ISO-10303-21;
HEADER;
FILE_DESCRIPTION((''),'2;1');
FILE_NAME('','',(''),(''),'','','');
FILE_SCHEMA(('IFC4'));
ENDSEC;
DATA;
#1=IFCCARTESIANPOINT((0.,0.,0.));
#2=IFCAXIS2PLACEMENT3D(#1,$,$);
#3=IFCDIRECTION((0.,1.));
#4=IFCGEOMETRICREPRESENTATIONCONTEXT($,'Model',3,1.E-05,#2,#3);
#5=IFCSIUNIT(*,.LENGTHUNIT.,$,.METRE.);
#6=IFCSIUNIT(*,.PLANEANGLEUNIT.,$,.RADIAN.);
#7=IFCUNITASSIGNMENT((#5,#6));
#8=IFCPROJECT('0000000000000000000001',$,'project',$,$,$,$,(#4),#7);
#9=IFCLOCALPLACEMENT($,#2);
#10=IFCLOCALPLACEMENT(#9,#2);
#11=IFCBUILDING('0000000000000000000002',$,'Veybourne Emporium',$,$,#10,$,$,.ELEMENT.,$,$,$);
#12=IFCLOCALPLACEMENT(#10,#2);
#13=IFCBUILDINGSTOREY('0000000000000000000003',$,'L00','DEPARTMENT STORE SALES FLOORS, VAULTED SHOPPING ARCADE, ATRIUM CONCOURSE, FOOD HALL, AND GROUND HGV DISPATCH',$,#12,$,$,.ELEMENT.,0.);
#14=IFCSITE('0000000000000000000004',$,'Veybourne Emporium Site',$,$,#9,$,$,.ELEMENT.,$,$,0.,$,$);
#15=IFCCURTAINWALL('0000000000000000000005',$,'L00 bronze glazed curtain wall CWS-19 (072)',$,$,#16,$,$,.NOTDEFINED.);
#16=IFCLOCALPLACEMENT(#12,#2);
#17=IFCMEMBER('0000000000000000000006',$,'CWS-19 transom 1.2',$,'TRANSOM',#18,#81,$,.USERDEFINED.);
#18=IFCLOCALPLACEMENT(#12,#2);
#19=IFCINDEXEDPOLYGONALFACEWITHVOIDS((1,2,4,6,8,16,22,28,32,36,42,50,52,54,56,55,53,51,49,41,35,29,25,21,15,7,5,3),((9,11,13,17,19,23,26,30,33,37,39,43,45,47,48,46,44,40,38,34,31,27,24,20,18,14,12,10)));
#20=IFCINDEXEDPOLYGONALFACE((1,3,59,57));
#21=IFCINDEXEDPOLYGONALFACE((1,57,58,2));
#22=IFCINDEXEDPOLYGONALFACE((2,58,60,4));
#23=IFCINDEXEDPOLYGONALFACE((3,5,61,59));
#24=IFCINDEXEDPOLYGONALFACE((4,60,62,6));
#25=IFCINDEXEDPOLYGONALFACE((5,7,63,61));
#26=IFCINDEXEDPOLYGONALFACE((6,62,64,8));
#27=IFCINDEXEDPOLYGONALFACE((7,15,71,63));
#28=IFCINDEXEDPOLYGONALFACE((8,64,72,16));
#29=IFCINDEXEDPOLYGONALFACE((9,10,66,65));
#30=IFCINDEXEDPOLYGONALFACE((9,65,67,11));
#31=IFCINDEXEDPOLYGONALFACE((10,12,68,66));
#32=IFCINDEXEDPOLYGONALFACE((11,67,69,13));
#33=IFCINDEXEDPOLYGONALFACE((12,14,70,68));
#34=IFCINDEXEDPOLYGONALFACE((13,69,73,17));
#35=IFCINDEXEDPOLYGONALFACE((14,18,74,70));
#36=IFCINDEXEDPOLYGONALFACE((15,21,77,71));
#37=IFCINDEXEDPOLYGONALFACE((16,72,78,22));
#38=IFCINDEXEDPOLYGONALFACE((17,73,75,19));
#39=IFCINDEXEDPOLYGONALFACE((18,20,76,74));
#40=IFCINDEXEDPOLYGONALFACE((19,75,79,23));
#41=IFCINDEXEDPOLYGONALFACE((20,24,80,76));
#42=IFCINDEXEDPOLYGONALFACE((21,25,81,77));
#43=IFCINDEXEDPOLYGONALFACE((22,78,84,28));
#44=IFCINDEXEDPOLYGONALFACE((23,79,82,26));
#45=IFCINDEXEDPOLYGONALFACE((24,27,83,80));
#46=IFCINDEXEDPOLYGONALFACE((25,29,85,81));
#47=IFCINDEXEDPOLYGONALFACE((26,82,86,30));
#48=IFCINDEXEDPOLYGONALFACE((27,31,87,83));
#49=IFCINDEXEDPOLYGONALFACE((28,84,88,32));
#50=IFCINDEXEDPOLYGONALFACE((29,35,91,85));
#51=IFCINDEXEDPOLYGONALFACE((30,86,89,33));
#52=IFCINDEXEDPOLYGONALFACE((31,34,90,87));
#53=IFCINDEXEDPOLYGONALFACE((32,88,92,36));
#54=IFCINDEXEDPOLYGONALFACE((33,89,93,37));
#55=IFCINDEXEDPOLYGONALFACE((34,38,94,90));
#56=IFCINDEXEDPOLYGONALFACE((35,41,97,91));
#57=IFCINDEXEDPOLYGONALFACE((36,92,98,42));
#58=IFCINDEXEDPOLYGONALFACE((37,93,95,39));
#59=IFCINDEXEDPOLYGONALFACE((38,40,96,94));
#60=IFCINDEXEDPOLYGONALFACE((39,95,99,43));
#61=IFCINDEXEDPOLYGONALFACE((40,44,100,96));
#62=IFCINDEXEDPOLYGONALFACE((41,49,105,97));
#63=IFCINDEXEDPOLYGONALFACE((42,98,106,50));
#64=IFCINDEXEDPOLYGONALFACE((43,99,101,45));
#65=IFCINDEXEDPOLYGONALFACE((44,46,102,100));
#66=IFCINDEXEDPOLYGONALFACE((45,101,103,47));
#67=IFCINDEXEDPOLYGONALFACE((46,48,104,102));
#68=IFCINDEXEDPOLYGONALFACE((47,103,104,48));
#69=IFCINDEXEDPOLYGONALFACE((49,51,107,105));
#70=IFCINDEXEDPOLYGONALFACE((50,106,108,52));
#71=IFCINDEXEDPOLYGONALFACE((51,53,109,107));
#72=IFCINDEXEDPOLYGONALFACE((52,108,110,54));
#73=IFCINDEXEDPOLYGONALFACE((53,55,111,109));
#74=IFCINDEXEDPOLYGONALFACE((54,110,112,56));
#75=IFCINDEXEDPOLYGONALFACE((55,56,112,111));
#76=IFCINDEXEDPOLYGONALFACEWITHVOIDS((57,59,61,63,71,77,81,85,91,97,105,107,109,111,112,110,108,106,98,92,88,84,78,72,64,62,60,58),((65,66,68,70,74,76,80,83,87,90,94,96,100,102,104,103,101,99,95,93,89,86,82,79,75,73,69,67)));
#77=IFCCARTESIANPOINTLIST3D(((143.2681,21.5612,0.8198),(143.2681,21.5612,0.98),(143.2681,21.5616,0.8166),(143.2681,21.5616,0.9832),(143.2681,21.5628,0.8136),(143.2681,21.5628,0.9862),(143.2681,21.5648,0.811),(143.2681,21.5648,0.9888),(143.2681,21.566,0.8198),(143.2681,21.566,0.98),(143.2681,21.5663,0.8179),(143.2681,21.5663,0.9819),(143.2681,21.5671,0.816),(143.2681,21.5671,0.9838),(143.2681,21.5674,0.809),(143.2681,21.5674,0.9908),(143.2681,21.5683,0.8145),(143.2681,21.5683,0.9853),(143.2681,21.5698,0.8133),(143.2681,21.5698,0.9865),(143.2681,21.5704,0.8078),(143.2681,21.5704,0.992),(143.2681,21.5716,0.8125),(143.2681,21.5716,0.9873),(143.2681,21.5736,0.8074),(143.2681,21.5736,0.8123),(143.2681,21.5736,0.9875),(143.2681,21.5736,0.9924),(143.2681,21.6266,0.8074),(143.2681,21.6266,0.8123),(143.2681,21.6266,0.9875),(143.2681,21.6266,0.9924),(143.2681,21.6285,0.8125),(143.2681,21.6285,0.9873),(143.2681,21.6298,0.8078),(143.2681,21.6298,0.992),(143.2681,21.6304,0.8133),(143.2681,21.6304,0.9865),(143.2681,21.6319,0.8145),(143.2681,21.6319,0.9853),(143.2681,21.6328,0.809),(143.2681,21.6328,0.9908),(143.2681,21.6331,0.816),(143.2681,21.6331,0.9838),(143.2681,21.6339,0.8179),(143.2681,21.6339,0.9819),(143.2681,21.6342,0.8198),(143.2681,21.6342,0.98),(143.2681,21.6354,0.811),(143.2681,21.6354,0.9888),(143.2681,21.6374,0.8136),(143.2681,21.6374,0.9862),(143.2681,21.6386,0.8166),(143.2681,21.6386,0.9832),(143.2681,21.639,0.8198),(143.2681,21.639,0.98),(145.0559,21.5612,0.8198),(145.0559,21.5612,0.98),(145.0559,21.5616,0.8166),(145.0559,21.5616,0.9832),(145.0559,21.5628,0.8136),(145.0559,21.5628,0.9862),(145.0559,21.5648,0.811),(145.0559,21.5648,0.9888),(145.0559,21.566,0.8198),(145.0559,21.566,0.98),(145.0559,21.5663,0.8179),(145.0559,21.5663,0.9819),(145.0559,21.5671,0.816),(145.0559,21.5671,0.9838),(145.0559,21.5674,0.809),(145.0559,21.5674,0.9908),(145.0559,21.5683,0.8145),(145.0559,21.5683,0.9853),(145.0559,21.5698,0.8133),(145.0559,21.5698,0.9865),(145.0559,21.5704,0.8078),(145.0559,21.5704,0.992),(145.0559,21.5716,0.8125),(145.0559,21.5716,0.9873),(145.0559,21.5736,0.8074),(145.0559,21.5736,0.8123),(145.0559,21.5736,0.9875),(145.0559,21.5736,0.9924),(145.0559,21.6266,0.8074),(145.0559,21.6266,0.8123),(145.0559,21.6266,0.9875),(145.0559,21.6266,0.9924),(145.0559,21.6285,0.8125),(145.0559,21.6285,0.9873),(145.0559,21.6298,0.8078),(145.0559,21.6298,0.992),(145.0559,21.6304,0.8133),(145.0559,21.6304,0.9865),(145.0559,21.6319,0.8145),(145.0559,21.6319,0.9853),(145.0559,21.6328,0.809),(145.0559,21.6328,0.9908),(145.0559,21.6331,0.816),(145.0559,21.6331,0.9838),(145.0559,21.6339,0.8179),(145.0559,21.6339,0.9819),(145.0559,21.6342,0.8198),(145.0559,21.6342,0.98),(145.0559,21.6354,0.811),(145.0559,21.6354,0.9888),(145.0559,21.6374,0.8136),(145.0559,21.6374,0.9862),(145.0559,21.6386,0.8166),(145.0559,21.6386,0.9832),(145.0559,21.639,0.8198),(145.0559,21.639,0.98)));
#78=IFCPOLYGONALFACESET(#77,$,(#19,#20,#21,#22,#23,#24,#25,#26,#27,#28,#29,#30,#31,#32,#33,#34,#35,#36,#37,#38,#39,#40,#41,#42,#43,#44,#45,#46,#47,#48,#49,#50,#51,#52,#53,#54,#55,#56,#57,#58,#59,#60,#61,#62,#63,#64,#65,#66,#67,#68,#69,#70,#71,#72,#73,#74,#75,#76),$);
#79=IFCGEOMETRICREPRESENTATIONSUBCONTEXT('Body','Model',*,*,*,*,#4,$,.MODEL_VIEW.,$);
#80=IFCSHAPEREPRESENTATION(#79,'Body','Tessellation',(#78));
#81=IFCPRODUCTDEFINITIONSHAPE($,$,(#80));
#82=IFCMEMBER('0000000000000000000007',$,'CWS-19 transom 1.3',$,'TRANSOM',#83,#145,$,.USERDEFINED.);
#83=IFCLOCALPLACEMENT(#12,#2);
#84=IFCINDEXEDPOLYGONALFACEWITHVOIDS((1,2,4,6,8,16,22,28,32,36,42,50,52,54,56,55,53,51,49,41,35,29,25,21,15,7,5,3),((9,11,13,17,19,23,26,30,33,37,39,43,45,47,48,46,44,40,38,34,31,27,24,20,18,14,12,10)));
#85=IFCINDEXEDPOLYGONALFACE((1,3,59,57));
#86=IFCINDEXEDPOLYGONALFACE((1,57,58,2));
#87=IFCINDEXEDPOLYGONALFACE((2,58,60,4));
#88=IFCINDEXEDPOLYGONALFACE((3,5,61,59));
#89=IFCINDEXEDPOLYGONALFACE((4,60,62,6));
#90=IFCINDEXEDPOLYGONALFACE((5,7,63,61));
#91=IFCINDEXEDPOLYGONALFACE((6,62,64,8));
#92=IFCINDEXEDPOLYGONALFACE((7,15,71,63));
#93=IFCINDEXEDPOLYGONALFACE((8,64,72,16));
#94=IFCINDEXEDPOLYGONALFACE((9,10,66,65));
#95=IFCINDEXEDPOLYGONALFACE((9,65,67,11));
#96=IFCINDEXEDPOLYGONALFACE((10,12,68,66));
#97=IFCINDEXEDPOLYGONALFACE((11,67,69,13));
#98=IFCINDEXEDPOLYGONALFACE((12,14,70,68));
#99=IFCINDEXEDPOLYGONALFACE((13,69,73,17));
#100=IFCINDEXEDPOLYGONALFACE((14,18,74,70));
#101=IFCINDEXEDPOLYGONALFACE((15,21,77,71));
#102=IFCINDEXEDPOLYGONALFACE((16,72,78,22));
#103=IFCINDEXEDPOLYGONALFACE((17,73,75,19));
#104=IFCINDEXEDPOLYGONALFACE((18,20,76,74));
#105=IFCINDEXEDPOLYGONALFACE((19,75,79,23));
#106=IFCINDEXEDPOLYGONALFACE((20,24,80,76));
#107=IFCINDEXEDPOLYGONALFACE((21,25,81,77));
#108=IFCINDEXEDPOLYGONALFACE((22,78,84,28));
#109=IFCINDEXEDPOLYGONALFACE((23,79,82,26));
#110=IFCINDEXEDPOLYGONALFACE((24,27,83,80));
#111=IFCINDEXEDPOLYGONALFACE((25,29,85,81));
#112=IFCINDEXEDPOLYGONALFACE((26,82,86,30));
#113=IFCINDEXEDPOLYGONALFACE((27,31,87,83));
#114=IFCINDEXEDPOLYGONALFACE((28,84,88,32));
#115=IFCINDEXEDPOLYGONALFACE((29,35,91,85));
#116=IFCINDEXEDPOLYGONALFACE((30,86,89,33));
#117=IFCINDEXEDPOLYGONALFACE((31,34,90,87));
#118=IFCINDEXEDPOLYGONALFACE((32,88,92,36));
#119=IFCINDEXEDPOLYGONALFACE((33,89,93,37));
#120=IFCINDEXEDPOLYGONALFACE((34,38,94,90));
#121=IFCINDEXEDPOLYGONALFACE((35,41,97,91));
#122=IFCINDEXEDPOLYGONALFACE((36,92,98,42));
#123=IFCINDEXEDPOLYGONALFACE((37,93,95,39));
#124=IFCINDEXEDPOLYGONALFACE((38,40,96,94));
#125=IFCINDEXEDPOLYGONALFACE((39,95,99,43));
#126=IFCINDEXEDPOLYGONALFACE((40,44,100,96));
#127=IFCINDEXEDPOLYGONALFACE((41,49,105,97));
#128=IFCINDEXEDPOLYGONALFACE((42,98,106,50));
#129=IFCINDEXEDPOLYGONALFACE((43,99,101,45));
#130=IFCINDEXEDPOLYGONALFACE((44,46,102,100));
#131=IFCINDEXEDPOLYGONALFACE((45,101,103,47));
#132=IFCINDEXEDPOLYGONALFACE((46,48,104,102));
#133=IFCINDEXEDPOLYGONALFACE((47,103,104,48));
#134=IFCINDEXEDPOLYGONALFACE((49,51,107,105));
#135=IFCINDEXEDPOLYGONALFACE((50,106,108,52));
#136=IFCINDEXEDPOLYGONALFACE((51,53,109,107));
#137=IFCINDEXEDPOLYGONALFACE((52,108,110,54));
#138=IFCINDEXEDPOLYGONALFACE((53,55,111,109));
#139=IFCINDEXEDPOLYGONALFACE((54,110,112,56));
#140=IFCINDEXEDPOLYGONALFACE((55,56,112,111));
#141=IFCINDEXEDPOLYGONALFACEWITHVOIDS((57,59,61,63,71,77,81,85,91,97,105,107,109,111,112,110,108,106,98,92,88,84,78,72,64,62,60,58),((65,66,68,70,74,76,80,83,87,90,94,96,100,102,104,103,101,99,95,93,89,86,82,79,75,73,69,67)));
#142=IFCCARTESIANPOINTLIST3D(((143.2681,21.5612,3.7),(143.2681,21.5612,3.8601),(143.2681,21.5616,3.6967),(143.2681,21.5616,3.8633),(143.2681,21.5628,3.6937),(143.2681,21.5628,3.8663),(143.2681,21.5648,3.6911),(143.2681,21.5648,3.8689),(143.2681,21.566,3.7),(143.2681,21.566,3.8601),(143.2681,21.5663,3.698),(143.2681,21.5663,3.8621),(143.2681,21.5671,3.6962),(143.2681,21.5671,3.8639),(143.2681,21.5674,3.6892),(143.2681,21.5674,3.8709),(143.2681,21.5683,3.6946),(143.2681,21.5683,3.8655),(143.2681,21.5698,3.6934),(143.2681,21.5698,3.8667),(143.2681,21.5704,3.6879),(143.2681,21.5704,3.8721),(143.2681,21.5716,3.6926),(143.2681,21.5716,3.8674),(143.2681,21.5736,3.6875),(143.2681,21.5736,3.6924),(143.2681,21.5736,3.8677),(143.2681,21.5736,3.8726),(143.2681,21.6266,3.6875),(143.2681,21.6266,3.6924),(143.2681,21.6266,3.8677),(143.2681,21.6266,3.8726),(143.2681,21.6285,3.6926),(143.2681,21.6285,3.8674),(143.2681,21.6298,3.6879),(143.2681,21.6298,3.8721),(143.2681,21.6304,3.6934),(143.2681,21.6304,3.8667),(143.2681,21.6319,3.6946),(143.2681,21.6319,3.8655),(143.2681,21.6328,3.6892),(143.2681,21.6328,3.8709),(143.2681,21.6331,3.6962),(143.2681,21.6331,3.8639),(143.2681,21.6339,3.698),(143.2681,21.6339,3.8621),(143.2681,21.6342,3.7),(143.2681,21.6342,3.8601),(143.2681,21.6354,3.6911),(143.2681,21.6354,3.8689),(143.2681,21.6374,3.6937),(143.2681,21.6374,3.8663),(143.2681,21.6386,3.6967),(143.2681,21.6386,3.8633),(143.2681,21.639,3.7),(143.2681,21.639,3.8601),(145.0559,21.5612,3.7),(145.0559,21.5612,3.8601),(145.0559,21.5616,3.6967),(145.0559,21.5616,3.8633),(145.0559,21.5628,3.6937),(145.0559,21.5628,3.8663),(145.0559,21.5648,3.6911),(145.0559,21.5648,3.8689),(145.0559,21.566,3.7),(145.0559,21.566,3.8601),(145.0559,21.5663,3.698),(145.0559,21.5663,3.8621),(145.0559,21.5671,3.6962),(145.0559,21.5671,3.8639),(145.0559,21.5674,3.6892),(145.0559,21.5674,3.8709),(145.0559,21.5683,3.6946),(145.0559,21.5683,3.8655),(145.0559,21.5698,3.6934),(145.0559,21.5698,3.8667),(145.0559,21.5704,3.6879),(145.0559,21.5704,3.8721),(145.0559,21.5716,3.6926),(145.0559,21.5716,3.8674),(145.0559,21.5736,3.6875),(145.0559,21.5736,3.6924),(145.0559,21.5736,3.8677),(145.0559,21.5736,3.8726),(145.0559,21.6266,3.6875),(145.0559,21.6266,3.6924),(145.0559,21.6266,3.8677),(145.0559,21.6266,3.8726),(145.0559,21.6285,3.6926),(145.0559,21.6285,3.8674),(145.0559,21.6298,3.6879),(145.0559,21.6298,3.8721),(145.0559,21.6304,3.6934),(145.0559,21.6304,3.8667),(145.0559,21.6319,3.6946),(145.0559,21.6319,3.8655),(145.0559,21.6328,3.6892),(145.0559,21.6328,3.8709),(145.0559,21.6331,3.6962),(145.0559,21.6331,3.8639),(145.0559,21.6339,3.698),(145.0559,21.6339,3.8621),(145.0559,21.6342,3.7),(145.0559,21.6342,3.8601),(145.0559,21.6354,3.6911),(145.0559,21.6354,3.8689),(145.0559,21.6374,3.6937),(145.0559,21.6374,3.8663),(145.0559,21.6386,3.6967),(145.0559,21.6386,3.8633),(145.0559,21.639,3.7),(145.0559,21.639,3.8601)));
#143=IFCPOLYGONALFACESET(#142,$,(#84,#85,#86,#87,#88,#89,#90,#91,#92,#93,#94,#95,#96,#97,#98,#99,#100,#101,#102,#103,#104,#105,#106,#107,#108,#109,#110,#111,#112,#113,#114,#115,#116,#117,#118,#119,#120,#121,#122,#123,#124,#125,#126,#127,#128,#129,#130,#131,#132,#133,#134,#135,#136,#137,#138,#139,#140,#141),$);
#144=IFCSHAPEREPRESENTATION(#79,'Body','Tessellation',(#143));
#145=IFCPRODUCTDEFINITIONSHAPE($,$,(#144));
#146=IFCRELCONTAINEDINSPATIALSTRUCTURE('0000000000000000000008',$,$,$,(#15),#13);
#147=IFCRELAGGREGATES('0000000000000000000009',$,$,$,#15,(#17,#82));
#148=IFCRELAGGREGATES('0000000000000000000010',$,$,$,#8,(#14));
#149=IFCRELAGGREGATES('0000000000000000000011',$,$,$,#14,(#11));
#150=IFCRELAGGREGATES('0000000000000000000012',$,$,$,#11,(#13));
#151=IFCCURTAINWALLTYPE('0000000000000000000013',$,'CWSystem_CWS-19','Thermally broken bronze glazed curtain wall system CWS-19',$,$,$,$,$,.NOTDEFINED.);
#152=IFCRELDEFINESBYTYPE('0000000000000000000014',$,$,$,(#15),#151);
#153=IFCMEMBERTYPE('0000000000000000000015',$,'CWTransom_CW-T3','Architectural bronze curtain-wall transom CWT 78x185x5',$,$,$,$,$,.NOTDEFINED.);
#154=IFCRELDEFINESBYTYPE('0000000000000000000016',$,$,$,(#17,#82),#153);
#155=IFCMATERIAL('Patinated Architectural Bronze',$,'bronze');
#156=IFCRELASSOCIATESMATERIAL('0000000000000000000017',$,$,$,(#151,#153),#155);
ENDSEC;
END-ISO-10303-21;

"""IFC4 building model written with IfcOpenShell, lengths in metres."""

from ifc_helpers import new_model, si_unit, direction, frame, origin, origin_2d, place, context, subcontext, project, spatial, hollow_rectangle, extrude, material, material_profile, profile_set, type_object, element, aggregate, save


model = new_model("IFC4")

# Units and contexts
model_context = context("Model", 3, precision=1e-05, world=origin(), true_north=direction((0.0, 1.0)))
body_context = subcontext(model_context, "Body", "Model", "MODEL_VIEW")
ifc_project = project(units=[si_unit("LENGTHUNIT", "METRE"), si_unit("PLANEANGLEUNIT", "RADIAN")], contexts=[model_context])

# Site, building, storey
site_placement = place(None, origin())
site = spatial("IfcSite", under=ifc_project, at=site_placement, Name="Veybourne Emporium Site", CompositionType="ELEMENT", RefElevation=0.0)
building_placement = place(site_placement, origin())
building = spatial("IfcBuilding", under=site, at=building_placement, Name="Veybourne Emporium", CompositionType="ELEMENT")
storey_placement = place(building_placement, origin())
storey = spatial("IfcBuildingStorey", under=building, at=storey_placement, Name="L00", Description="DEPARTMENT STORE SALES FLOORS, VAULTED SHOPPING ARCADE, ATRIUM CONCOURSE, FOOD HALL, AND GROUND HGV DISPATCH", CompositionType="ELEMENT", Elevation=0.0)

# Curtain wall, members
ifc_material_1 = material(Name="Patinated Architectural Bronze", Category="bronze")
curtain_wall_type = type_object("IfcCurtainWallType", Name="CWSystem_CWS-19", Description="Thermally broken bronze glazed curtain wall system CWS-19", PredefinedType="NOTDEFINED", material=ifc_material_1)
curtain_wall_placement = place(storey_placement, origin())
curtain_wall = element("IfcCurtainWall", 1, at=curtain_wall_placement, inside=storey, type_object=curtain_wall_type, Name="L00 bronze glazed curtain wall CWS-19 (072)", PredefinedType="NOTDEFINED")
ifc_material_profile_1 = material_profile(ifc_material_1, hollow_rectangle(XDim=0.0779, YDim=0.1851, WallThickness=0.0049, InnerFilletRadius=0.0076, OuterFilletRadius=0.0125, at=origin_2d()), Name="CWT 78x185x5")
ifc_profile_set_1 = profile_set([ifc_material_profile_1], Name="Patinated Architectural Bronze")
member_type_1 = type_object("IfcMemberType", Name="CWTransom_CW-T3", Description="Architectural bronze curtain-wall transom CWT 78x185x5", PredefinedType="NOTDEFINED", material=ifc_profile_set_1)
member_1_placement = place(storey_placement, frame((143.2681, 21.6001, 0.8999), z_axis=(1.0, 0.0, 0.0), x_axis=(0.0, 1.0, 0.0)))
member_1 = element("IfcMember", 2, at=member_1_placement, type_object=member_type_1, Name="CWS-19 transom 1.2", ObjectType="TRANSOM", PredefinedType="USERDEFINED", context=body_context, shape_type="SweptSolid", body=[
    extrude(hollow_rectangle(XDim=0.0779, YDim=0.1851, WallThickness=0.0049, InnerFilletRadius=0.0076, OuterFilletRadius=0.0125, at=origin_2d()), origin(), (0.0, 0.0, 1.0), 1.7878),
])
member_2_placement = place(storey_placement, frame((143.2681, 21.6001, 3.78), z_axis=(1.0, 0.0, 0.0), x_axis=(0.0, 1.0, 0.0)))
member_2 = element("IfcMember", 3, at=member_2_placement, type_object=member_type_1, Name="CWS-19 transom 1.3", ObjectType="TRANSOM", PredefinedType="USERDEFINED", context=body_context, shape_type="SweptSolid", body=[
    extrude(hollow_rectangle(XDim=0.0779, YDim=0.1851, WallThickness=0.0049, InnerFilletRadius=0.0076, OuterFilletRadius=0.0125, at=origin_2d()), origin(), (0.0, 0.0, 1.0), 1.7878),
])

aggregate(curtain_wall, [member_1, member_2])

save(model, "model.ifc")
